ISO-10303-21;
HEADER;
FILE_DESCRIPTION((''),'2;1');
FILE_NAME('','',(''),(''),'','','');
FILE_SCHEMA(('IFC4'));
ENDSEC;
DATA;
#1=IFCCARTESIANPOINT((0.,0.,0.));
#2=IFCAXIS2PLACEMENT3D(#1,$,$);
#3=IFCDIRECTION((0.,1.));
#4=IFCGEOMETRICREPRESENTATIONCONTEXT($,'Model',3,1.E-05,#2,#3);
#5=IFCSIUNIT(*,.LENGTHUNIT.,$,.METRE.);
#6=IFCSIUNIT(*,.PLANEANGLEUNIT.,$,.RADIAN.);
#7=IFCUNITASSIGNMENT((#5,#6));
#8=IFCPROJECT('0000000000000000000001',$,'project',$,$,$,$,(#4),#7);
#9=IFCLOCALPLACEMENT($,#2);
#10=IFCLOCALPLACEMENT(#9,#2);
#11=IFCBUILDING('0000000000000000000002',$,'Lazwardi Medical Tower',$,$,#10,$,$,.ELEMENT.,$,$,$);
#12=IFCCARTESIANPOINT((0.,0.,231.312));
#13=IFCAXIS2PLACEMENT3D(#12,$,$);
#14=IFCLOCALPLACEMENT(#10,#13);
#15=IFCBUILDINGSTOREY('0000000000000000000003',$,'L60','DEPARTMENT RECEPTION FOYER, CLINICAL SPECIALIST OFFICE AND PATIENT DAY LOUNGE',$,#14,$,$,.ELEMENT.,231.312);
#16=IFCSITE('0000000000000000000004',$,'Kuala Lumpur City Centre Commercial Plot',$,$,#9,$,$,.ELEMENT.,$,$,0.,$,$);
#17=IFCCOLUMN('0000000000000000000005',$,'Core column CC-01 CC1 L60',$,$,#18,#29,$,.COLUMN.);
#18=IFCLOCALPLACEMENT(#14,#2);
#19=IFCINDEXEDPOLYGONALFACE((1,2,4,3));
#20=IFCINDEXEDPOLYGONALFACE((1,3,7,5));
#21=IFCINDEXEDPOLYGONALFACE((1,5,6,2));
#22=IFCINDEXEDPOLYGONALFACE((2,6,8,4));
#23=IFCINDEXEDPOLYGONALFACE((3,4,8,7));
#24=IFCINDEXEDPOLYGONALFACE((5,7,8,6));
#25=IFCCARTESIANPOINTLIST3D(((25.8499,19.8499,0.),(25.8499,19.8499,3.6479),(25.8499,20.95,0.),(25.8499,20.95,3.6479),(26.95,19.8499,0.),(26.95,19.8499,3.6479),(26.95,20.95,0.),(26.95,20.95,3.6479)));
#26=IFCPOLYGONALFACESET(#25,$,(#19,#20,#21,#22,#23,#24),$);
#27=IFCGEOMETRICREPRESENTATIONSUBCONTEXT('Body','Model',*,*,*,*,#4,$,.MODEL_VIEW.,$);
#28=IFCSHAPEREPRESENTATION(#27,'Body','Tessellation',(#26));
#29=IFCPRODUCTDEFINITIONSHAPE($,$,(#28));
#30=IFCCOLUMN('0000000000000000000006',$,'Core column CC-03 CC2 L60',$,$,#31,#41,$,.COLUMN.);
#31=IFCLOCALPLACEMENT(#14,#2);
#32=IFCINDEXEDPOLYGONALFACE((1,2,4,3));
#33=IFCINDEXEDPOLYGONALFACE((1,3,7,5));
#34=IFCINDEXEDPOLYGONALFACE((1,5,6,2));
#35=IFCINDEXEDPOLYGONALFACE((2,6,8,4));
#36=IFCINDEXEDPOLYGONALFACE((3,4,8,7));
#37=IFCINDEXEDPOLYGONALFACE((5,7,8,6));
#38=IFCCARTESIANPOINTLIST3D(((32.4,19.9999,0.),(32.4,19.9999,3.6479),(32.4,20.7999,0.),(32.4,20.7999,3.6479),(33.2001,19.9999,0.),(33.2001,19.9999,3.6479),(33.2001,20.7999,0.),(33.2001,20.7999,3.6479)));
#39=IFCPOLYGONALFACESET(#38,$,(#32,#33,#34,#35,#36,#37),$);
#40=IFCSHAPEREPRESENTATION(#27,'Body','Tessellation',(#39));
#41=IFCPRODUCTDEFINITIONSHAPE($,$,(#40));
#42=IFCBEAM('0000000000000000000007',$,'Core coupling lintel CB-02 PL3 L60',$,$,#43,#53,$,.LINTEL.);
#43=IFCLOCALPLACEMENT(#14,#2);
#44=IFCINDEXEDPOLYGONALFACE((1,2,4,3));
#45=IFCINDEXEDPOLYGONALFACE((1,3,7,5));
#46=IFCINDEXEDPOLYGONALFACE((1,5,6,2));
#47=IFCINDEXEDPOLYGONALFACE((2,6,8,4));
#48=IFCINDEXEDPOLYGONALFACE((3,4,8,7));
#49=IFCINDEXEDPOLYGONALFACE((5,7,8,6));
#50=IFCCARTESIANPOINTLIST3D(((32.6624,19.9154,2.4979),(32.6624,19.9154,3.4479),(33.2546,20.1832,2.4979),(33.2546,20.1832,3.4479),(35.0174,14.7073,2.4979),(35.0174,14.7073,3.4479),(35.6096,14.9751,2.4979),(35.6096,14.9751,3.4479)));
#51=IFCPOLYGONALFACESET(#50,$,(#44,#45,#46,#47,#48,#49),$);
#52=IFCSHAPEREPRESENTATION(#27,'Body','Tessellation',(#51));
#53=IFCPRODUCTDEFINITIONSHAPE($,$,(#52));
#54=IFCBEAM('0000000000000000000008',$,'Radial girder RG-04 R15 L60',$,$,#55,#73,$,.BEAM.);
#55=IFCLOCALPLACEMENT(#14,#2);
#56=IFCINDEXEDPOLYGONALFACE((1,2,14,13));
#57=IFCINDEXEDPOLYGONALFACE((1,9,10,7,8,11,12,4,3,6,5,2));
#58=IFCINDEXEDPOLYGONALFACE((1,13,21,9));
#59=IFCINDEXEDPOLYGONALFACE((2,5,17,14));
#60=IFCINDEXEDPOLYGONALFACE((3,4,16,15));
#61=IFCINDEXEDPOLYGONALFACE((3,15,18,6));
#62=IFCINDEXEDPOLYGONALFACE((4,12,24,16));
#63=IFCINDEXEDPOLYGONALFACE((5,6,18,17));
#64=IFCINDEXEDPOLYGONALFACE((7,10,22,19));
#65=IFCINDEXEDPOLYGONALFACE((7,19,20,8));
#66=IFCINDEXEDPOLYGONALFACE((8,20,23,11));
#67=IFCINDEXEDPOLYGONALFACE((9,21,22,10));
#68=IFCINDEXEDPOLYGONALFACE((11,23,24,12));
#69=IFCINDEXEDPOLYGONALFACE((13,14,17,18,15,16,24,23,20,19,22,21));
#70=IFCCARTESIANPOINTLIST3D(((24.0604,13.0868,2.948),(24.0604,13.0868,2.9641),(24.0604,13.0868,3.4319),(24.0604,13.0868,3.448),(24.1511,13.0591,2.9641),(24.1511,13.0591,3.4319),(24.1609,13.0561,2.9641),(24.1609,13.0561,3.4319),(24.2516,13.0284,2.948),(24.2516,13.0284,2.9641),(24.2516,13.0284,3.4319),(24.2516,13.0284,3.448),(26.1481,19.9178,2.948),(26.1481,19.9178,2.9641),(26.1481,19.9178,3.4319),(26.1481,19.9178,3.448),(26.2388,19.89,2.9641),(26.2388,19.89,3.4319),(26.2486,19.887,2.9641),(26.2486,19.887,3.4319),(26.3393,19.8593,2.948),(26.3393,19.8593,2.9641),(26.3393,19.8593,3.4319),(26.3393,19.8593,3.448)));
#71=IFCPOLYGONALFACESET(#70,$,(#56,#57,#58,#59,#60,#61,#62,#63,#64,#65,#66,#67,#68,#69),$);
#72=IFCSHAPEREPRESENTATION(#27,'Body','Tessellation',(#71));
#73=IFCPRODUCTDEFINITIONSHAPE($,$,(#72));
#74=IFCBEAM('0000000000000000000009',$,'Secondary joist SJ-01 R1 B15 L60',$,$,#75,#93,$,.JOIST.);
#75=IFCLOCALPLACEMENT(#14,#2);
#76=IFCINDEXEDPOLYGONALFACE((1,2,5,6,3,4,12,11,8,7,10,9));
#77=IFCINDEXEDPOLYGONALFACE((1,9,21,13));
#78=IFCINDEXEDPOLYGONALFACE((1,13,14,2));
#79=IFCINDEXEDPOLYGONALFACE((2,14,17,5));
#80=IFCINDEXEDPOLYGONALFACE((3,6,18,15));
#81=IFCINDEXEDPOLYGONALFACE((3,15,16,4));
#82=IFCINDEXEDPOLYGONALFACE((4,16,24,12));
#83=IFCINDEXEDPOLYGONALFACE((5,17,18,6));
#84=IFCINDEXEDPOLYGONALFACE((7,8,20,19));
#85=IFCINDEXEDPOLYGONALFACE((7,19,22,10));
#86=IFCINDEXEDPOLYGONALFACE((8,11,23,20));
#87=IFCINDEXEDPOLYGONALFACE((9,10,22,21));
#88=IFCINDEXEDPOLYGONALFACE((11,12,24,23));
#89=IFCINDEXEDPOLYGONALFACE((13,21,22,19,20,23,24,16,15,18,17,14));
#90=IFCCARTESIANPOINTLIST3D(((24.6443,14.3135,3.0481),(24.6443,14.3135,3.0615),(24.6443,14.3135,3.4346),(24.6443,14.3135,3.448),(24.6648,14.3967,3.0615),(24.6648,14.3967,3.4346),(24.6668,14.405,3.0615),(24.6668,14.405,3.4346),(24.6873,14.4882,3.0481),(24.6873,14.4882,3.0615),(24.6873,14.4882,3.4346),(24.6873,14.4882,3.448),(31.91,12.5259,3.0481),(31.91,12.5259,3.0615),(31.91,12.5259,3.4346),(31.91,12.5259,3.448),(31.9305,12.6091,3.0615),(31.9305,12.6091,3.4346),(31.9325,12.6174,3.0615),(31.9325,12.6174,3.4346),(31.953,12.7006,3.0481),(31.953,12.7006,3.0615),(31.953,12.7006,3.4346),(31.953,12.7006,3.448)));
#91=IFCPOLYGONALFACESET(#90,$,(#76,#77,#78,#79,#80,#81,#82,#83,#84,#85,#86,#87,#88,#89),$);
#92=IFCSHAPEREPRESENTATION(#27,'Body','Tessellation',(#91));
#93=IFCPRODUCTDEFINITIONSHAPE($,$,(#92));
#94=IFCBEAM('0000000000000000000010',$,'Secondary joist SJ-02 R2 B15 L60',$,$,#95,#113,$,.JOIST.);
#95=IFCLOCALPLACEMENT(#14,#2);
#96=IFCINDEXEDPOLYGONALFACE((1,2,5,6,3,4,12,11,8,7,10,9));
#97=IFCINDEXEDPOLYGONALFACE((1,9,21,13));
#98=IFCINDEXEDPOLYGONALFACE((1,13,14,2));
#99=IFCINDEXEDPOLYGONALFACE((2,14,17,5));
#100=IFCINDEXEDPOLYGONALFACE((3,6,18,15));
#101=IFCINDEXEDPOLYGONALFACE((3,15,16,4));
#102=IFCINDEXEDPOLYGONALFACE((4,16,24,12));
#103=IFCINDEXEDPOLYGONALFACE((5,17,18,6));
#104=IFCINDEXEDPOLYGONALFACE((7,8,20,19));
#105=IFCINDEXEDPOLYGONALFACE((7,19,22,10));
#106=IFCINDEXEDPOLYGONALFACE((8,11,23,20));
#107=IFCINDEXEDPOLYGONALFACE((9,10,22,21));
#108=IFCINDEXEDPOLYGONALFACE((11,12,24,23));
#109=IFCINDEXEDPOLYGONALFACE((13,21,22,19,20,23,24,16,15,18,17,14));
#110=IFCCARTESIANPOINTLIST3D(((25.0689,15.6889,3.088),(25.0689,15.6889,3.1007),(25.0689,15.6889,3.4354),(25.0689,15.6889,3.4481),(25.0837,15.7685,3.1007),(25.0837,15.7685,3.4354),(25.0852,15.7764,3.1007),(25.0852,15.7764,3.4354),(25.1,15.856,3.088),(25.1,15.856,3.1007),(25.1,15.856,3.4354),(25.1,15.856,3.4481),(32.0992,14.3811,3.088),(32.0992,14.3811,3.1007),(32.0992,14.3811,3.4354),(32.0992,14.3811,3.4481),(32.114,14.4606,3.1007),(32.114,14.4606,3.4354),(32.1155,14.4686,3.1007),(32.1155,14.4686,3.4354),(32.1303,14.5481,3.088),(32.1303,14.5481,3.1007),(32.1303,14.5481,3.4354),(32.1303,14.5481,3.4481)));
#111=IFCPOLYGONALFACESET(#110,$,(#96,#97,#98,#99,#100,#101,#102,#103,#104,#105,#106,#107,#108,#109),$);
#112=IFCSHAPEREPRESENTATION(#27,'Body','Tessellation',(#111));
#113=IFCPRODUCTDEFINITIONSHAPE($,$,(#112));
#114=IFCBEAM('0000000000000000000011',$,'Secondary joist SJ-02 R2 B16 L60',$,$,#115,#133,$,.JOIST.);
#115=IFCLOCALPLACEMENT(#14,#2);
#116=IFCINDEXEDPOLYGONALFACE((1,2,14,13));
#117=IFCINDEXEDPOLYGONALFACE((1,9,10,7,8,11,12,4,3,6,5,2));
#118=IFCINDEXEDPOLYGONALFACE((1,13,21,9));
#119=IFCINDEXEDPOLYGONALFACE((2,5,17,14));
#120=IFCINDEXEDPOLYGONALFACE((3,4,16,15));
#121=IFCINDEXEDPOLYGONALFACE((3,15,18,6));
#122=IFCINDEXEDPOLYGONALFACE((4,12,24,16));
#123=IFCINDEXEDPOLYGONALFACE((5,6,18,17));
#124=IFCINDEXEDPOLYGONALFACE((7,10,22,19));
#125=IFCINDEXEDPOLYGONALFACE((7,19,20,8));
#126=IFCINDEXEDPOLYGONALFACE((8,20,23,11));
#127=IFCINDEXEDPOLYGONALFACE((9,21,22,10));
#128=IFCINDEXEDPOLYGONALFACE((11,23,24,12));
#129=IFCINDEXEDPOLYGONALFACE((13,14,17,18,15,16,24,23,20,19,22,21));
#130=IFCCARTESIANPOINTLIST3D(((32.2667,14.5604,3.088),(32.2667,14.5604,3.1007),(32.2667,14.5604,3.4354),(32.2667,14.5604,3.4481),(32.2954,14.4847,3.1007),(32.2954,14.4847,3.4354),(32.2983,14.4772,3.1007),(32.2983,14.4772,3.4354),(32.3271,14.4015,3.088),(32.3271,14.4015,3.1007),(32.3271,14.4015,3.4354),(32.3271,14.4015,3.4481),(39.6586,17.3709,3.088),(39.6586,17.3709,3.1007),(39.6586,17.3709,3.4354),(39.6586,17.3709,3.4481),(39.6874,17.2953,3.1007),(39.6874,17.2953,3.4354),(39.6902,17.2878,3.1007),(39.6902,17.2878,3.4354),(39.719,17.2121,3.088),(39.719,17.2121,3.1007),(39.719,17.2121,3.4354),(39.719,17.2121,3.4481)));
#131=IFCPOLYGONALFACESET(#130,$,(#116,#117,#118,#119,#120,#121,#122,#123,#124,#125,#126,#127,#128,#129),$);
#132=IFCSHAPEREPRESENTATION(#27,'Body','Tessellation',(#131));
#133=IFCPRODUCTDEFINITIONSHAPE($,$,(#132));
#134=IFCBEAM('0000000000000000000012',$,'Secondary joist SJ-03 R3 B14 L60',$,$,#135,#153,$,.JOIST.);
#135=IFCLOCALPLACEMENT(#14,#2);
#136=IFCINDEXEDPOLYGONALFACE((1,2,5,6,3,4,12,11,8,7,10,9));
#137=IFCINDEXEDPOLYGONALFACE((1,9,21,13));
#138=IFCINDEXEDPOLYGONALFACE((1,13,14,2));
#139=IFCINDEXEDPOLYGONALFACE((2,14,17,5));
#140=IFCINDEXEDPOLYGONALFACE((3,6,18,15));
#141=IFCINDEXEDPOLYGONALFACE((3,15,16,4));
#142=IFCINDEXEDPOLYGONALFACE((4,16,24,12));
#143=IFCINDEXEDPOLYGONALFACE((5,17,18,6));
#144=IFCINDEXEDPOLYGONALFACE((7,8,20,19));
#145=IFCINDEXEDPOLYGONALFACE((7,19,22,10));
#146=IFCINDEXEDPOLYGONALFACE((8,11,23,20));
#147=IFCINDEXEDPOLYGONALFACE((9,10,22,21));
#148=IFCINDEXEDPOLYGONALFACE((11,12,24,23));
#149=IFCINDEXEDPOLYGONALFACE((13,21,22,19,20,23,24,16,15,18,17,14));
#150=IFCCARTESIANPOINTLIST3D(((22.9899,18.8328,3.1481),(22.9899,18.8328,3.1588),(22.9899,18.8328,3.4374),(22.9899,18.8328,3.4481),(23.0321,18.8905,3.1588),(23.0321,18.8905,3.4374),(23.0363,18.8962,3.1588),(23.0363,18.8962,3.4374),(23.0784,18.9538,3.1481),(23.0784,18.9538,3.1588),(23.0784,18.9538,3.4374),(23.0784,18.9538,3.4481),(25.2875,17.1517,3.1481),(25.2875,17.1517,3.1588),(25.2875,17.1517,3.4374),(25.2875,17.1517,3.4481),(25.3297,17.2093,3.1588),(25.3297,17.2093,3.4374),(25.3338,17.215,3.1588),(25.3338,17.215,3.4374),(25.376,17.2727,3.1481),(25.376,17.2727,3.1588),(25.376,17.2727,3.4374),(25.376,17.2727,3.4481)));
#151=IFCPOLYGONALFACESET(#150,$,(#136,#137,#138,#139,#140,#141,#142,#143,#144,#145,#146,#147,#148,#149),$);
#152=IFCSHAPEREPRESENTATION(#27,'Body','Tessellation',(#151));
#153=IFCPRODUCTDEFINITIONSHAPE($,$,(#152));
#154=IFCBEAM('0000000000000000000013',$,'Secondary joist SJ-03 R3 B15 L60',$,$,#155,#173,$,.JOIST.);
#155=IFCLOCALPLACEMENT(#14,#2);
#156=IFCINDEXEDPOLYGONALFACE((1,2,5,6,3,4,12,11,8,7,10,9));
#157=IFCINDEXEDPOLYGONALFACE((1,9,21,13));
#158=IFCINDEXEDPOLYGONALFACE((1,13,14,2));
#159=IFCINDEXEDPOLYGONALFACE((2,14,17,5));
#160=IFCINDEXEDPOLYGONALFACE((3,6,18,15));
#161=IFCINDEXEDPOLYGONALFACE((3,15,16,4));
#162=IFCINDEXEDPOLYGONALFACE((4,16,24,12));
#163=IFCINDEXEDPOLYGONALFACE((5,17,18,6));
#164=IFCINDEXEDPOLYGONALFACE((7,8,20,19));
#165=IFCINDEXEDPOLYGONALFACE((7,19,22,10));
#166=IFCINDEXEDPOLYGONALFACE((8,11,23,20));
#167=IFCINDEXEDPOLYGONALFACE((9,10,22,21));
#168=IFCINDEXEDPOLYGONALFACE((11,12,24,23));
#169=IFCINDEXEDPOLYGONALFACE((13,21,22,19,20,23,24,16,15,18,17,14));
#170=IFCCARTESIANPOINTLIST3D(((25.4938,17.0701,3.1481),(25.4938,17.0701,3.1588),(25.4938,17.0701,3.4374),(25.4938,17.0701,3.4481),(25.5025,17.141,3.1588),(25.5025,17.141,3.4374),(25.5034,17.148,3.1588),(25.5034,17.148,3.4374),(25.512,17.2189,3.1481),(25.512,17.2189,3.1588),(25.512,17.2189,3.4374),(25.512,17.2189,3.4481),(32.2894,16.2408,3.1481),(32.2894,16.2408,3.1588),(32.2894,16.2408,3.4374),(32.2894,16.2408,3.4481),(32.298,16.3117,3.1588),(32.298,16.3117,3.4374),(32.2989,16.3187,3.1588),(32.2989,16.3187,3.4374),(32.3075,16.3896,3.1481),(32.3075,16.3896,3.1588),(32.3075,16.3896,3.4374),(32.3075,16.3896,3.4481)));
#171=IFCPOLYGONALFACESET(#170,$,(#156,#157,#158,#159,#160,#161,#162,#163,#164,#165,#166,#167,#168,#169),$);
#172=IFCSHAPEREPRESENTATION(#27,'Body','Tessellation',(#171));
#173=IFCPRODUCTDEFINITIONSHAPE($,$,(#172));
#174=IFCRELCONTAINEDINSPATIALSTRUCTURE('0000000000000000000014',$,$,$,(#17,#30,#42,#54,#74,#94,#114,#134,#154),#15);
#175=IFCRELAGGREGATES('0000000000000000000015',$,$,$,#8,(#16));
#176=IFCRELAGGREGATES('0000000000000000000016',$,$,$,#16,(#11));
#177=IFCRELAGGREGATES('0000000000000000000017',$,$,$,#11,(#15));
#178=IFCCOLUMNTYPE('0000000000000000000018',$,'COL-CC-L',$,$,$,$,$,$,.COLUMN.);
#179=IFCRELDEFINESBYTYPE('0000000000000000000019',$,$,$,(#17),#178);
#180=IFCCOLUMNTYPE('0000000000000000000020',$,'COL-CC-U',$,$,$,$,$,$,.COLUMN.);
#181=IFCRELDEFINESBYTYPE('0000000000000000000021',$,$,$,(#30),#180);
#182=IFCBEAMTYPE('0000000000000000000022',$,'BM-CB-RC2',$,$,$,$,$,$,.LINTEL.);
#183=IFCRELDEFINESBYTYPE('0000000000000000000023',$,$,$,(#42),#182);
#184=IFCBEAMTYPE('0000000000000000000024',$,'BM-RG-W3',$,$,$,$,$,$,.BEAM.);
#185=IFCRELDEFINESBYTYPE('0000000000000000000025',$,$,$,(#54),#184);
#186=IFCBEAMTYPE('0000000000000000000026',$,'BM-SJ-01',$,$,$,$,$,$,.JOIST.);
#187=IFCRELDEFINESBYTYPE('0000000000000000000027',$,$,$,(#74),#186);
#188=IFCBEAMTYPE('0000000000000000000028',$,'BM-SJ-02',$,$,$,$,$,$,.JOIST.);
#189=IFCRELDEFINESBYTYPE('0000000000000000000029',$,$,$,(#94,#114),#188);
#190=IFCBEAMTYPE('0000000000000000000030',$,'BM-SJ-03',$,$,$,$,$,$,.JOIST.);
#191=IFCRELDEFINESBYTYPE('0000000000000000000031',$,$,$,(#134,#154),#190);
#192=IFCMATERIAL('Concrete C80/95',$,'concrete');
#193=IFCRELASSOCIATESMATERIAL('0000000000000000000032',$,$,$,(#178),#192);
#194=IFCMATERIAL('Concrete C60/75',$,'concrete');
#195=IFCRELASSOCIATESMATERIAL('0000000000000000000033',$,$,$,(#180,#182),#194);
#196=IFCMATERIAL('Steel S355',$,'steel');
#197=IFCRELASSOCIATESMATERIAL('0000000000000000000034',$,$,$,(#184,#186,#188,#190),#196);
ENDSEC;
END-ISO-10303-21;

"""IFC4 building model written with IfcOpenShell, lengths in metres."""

from ifc_helpers import new_model, si_unit, direction, frame, origin, origin_2d, place, context, subcontext, project, spatial, rectangle, i_section, extrude, material, material_profile, profile_set, type_object, element, save


model = new_model("IFC4")

# Units and contexts
model_context = context("Model", 3, precision=1e-05, world=origin(), true_north=direction((0.0, 1.0)))
body_context = subcontext(model_context, "Body", "Model", "MODEL_VIEW")
ifc_project = project(units=[si_unit("LENGTHUNIT", "METRE"), si_unit("PLANEANGLEUNIT", "RADIAN")], contexts=[model_context])

# Site, building, storey
site_placement = place(None, origin())
site = spatial("IfcSite", under=ifc_project, at=site_placement, Name="Kuala Lumpur City Centre Commercial Plot", CompositionType="ELEMENT", RefElevation=0.0)
building_placement = place(site_placement, origin())
building = spatial("IfcBuilding", under=site, at=building_placement, Name="Lazwardi Medical Tower", CompositionType="ELEMENT")
storey_placement = place(building_placement, frame((0.0, 0.0, 231.312)))
storey = spatial("IfcBuildingStorey", under=building, at=storey_placement, Name="L60", Description="DEPARTMENT RECEPTION FOYER, CLINICAL SPECIALIST OFFICE AND PATIENT DAY LOUNGE", CompositionType="ELEMENT", Elevation=231.312)

# Columns
ifc_material_1 = material(Name="Concrete C80/95", Category="concrete")
ifc_material_profile_1 = material_profile(ifc_material_1, rectangle(XDim=1.1001, YDim=1.1001, at=origin_2d()), Name="RC 1100x1100")
ifc_profile_set_1 = profile_set([ifc_material_profile_1], Name="Concrete C80/95")
column_type_1 = type_object("IfcColumnType", Name="COL-CC-L", PredefinedType="COLUMN", material=ifc_profile_set_1)
column_1_placement = place(storey_placement, frame((26.3999, 20.3999, 0.0), z_axis=(0.0, 0.0, 1.0), x_axis=(1.0, 0.0, 0.0)))
element("IfcColumn", 1, at=column_1_placement, inside=storey, type_object=column_type_1, Name="Core column CC-01 CC1 L60", PredefinedType="COLUMN", context=body_context, shape_type="SweptSolid", body=[
    extrude(rectangle(XDim=1.1001, YDim=1.1001, at=origin_2d()), origin(), (0.0, 0.0, 1.0), 3.6479),
])
ifc_material_2 = material(Name="Concrete C60/75", Category="concrete")
ifc_material_profile_2 = material_profile(ifc_material_2, rectangle(XDim=0.8, YDim=0.8, at=origin_2d()), Name="RC 800x800")
ifc_profile_set_2 = profile_set([ifc_material_profile_2], Name="Concrete C60/75")
column_type_2 = type_object("IfcColumnType", Name="COL-CC-U", PredefinedType="COLUMN", material=ifc_profile_set_2)
column_2_placement = place(storey_placement, frame((32.8, 20.3999, 0.0), z_axis=(0.0, 0.0, 1.0), x_axis=(1.0, 0.0, 0.0)))
element("IfcColumn", 2, at=column_2_placement, inside=storey, type_object=column_type_2, Name="Core column CC-03 CC2 L60", PredefinedType="COLUMN", context=body_context, shape_type="SweptSolid", body=[
    extrude(rectangle(XDim=0.8, YDim=0.8, at=origin_2d()), origin(), (0.0, 0.0, 1.0), 3.6479),
])

# Beams
ifc_material_profile_3 = material_profile(ifc_material_2, rectangle(XDim=0.6499, YDim=0.95, at=origin_2d()), Name="RC 650x950")
ifc_profile_set_3 = profile_set([ifc_material_profile_3], Name="Concrete C60/75")
beam_type_1 = type_object("IfcBeamType", Name="BM-CB-RC2", PredefinedType="LINTEL", material=ifc_profile_set_3)
beam_1_placement = place(storey_placement, frame((32.9585, 20.0493, 2.9729), z_axis=(0.412019, -0.911175, 0.0), x_axis=(0.911175, 0.412019, 0.0)))
element("IfcBeam", 3, at=beam_1_placement, inside=storey, type_object=beam_type_1, Name="Core coupling lintel CB-02 PL3 L60", PredefinedType="LINTEL", context=body_context, shape_type="SweptSolid", body=[
    extrude(rectangle(XDim=0.6499, YDim=0.95, at=origin_2d()), origin(), (0.0, 0.0, 1.0), 5.7158),
])
ifc_material_3 = material(Name="Steel S355", Category="steel")
ifc_material_profile_4 = material_profile(ifc_material_3, i_section(OverallWidth=0.2, OverallDepth=0.5, WebThickness=0.0103, FlangeThickness=0.0161, at=origin_2d()), Name="IPE 500")
ifc_profile_set_4 = profile_set([ifc_material_profile_4], Name="Steel S355")
beam_type_2 = type_object("IfcBeamType", Name="BM-RG-W3", PredefinedType="BEAM", material=ifc_profile_set_4)
beam_2_placement = place(storey_placement, frame((24.156, 13.0576, 3.198), z_axis=(0.292277, 0.956334, 0.0), x_axis=(-0.956334, 0.292277, 0.0)))
element("IfcBeam", 4, at=beam_2_placement, inside=storey, type_object=beam_type_2, Name="Radial girder RG-04 R15 L60", PredefinedType="BEAM", context=body_context, shape_type="SweptSolid", body=[
    extrude(i_section(OverallWidth=0.2, OverallDepth=0.5, WebThickness=0.0103, FlangeThickness=0.0161, at=origin_2d()), origin(), (0.0, 0.0, 1.0), 7.1428),
])
ifc_material_profile_5 = material_profile(ifc_material_3, i_section(OverallWidth=0.1799, OverallDepth=0.3999, WebThickness=0.0085, FlangeThickness=0.0134, at=origin_2d()), Name="IPE 400")
ifc_profile_set_5 = profile_set([ifc_material_profile_5], Name="Steel S355")
beam_type_3 = type_object("IfcBeamType", Name="BM-SJ-01", PredefinedType="JOIST", material=ifc_profile_set_5)
beam_3_placement = place(storey_placement, frame((24.6658, 14.4009, 3.248), z_axis=(0.971042, -0.23891, 0.0), x_axis=(0.23891, 0.971042, 0.0)))
element("IfcBeam", 5, at=beam_3_placement, inside=storey, type_object=beam_type_3, Name="Secondary joist SJ-01 R1 B15 L60", PredefinedType="JOIST", context=body_context, shape_type="SweptSolid", body=[
    extrude(i_section(OverallWidth=0.1799, OverallDepth=0.3999, WebThickness=0.0085, FlangeThickness=0.0134, at=origin_2d()), origin(), (0.0, 0.0, 1.0), 7.4824),
])
ifc_material_profile_6 = material_profile(ifc_material_3, i_section(OverallWidth=0.1699, OverallDepth=0.3601, WebThickness=0.0081, FlangeThickness=0.0127, at=origin_2d()), Name="IPE 360")
ifc_profile_set_6 = profile_set([ifc_material_profile_6], Name="Steel S355")
beam_type_4 = type_object("IfcBeamType", Name="BM-SJ-02", PredefinedType="JOIST", material=ifc_profile_set_6)
beam_4_placement = place(storey_placement, frame((25.0845, 15.7725, 3.2681), z_axis=(0.983132, -0.182895, 0.0), x_axis=(0.182895, 0.983132, 0.0)))
element("IfcBeam", 6, at=beam_4_placement, inside=storey, type_object=beam_type_4, Name="Secondary joist SJ-02 R2 B15 L60", PredefinedType="JOIST", context=body_context, shape_type="SweptSolid", body=[
    extrude(i_section(OverallWidth=0.1699, OverallDepth=0.3601, WebThickness=0.0081, FlangeThickness=0.0127, at=origin_2d()), origin(), (0.0, 0.0, 1.0), 7.1509),
])
beam_5_placement = place(storey_placement, frame((32.2969, 14.481, 3.2681), z_axis=(0.934714, 0.3554, 0.0), x_axis=(-0.3554, 0.934714, 0.0)))
element("IfcBeam", 7, at=beam_5_placement, inside=storey, type_object=beam_type_4, Name="Secondary joist SJ-02 R2 B16 L60", PredefinedType="JOIST", context=body_context, shape_type="SweptSolid", body=[
    extrude(i_section(OverallWidth=0.1699, OverallDepth=0.3601, WebThickness=0.0081, FlangeThickness=0.0127, at=origin_2d()), origin(), (0.0, 0.0, 1.0), 7.9082),
])
ifc_material_profile_7 = material_profile(ifc_material_3, i_section(OverallWidth=0.1499, OverallDepth=0.3, WebThickness=0.0071, FlangeThickness=0.0107, at=origin_2d()), Name="IPE 300")
ifc_profile_set_7 = profile_set([ifc_material_profile_7], Name="Steel S355")
beam_type_5 = type_object("IfcBeamType", Name="BM-SJ-03", PredefinedType="JOIST", material=ifc_profile_set_7)
beam_6_placement = place(storey_placement, frame((23.0342, 18.8933, 3.2981), z_axis=(0.807034, -0.590505, 0.0), x_axis=(0.590505, 0.807034, 0.0)))
element("IfcBeam", 8, at=beam_6_placement, inside=storey, type_object=beam_type_5, Name="Secondary joist SJ-03 R3 B14 L60", PredefinedType="JOIST", context=body_context, shape_type="SweptSolid", body=[
    extrude(i_section(OverallWidth=0.1499, OverallDepth=0.3, WebThickness=0.0071, FlangeThickness=0.0107, at=origin_2d()), origin(), (0.0, 0.0, 1.0), 2.8469),
])
beam_7_placement = place(storey_placement, frame((25.5029, 17.1445, 3.2981), z_axis=(0.992635, -0.121146, 0.0), x_axis=(0.121146, 0.992635, 0.0)))
element("IfcBeam", 9, at=beam_7_placement, inside=storey, type_object=beam_type_5, Name="Secondary joist SJ-03 R3 B15 L60", PredefinedType="JOIST", context=body_context, shape_type="SweptSolid", body=[
    extrude(i_section(OverallWidth=0.1499, OverallDepth=0.3, WebThickness=0.0071, FlangeThickness=0.0107, at=origin_2d()), origin(), (0.0, 0.0, 1.0), 6.8459),
])

save(model, "model.ifc")
